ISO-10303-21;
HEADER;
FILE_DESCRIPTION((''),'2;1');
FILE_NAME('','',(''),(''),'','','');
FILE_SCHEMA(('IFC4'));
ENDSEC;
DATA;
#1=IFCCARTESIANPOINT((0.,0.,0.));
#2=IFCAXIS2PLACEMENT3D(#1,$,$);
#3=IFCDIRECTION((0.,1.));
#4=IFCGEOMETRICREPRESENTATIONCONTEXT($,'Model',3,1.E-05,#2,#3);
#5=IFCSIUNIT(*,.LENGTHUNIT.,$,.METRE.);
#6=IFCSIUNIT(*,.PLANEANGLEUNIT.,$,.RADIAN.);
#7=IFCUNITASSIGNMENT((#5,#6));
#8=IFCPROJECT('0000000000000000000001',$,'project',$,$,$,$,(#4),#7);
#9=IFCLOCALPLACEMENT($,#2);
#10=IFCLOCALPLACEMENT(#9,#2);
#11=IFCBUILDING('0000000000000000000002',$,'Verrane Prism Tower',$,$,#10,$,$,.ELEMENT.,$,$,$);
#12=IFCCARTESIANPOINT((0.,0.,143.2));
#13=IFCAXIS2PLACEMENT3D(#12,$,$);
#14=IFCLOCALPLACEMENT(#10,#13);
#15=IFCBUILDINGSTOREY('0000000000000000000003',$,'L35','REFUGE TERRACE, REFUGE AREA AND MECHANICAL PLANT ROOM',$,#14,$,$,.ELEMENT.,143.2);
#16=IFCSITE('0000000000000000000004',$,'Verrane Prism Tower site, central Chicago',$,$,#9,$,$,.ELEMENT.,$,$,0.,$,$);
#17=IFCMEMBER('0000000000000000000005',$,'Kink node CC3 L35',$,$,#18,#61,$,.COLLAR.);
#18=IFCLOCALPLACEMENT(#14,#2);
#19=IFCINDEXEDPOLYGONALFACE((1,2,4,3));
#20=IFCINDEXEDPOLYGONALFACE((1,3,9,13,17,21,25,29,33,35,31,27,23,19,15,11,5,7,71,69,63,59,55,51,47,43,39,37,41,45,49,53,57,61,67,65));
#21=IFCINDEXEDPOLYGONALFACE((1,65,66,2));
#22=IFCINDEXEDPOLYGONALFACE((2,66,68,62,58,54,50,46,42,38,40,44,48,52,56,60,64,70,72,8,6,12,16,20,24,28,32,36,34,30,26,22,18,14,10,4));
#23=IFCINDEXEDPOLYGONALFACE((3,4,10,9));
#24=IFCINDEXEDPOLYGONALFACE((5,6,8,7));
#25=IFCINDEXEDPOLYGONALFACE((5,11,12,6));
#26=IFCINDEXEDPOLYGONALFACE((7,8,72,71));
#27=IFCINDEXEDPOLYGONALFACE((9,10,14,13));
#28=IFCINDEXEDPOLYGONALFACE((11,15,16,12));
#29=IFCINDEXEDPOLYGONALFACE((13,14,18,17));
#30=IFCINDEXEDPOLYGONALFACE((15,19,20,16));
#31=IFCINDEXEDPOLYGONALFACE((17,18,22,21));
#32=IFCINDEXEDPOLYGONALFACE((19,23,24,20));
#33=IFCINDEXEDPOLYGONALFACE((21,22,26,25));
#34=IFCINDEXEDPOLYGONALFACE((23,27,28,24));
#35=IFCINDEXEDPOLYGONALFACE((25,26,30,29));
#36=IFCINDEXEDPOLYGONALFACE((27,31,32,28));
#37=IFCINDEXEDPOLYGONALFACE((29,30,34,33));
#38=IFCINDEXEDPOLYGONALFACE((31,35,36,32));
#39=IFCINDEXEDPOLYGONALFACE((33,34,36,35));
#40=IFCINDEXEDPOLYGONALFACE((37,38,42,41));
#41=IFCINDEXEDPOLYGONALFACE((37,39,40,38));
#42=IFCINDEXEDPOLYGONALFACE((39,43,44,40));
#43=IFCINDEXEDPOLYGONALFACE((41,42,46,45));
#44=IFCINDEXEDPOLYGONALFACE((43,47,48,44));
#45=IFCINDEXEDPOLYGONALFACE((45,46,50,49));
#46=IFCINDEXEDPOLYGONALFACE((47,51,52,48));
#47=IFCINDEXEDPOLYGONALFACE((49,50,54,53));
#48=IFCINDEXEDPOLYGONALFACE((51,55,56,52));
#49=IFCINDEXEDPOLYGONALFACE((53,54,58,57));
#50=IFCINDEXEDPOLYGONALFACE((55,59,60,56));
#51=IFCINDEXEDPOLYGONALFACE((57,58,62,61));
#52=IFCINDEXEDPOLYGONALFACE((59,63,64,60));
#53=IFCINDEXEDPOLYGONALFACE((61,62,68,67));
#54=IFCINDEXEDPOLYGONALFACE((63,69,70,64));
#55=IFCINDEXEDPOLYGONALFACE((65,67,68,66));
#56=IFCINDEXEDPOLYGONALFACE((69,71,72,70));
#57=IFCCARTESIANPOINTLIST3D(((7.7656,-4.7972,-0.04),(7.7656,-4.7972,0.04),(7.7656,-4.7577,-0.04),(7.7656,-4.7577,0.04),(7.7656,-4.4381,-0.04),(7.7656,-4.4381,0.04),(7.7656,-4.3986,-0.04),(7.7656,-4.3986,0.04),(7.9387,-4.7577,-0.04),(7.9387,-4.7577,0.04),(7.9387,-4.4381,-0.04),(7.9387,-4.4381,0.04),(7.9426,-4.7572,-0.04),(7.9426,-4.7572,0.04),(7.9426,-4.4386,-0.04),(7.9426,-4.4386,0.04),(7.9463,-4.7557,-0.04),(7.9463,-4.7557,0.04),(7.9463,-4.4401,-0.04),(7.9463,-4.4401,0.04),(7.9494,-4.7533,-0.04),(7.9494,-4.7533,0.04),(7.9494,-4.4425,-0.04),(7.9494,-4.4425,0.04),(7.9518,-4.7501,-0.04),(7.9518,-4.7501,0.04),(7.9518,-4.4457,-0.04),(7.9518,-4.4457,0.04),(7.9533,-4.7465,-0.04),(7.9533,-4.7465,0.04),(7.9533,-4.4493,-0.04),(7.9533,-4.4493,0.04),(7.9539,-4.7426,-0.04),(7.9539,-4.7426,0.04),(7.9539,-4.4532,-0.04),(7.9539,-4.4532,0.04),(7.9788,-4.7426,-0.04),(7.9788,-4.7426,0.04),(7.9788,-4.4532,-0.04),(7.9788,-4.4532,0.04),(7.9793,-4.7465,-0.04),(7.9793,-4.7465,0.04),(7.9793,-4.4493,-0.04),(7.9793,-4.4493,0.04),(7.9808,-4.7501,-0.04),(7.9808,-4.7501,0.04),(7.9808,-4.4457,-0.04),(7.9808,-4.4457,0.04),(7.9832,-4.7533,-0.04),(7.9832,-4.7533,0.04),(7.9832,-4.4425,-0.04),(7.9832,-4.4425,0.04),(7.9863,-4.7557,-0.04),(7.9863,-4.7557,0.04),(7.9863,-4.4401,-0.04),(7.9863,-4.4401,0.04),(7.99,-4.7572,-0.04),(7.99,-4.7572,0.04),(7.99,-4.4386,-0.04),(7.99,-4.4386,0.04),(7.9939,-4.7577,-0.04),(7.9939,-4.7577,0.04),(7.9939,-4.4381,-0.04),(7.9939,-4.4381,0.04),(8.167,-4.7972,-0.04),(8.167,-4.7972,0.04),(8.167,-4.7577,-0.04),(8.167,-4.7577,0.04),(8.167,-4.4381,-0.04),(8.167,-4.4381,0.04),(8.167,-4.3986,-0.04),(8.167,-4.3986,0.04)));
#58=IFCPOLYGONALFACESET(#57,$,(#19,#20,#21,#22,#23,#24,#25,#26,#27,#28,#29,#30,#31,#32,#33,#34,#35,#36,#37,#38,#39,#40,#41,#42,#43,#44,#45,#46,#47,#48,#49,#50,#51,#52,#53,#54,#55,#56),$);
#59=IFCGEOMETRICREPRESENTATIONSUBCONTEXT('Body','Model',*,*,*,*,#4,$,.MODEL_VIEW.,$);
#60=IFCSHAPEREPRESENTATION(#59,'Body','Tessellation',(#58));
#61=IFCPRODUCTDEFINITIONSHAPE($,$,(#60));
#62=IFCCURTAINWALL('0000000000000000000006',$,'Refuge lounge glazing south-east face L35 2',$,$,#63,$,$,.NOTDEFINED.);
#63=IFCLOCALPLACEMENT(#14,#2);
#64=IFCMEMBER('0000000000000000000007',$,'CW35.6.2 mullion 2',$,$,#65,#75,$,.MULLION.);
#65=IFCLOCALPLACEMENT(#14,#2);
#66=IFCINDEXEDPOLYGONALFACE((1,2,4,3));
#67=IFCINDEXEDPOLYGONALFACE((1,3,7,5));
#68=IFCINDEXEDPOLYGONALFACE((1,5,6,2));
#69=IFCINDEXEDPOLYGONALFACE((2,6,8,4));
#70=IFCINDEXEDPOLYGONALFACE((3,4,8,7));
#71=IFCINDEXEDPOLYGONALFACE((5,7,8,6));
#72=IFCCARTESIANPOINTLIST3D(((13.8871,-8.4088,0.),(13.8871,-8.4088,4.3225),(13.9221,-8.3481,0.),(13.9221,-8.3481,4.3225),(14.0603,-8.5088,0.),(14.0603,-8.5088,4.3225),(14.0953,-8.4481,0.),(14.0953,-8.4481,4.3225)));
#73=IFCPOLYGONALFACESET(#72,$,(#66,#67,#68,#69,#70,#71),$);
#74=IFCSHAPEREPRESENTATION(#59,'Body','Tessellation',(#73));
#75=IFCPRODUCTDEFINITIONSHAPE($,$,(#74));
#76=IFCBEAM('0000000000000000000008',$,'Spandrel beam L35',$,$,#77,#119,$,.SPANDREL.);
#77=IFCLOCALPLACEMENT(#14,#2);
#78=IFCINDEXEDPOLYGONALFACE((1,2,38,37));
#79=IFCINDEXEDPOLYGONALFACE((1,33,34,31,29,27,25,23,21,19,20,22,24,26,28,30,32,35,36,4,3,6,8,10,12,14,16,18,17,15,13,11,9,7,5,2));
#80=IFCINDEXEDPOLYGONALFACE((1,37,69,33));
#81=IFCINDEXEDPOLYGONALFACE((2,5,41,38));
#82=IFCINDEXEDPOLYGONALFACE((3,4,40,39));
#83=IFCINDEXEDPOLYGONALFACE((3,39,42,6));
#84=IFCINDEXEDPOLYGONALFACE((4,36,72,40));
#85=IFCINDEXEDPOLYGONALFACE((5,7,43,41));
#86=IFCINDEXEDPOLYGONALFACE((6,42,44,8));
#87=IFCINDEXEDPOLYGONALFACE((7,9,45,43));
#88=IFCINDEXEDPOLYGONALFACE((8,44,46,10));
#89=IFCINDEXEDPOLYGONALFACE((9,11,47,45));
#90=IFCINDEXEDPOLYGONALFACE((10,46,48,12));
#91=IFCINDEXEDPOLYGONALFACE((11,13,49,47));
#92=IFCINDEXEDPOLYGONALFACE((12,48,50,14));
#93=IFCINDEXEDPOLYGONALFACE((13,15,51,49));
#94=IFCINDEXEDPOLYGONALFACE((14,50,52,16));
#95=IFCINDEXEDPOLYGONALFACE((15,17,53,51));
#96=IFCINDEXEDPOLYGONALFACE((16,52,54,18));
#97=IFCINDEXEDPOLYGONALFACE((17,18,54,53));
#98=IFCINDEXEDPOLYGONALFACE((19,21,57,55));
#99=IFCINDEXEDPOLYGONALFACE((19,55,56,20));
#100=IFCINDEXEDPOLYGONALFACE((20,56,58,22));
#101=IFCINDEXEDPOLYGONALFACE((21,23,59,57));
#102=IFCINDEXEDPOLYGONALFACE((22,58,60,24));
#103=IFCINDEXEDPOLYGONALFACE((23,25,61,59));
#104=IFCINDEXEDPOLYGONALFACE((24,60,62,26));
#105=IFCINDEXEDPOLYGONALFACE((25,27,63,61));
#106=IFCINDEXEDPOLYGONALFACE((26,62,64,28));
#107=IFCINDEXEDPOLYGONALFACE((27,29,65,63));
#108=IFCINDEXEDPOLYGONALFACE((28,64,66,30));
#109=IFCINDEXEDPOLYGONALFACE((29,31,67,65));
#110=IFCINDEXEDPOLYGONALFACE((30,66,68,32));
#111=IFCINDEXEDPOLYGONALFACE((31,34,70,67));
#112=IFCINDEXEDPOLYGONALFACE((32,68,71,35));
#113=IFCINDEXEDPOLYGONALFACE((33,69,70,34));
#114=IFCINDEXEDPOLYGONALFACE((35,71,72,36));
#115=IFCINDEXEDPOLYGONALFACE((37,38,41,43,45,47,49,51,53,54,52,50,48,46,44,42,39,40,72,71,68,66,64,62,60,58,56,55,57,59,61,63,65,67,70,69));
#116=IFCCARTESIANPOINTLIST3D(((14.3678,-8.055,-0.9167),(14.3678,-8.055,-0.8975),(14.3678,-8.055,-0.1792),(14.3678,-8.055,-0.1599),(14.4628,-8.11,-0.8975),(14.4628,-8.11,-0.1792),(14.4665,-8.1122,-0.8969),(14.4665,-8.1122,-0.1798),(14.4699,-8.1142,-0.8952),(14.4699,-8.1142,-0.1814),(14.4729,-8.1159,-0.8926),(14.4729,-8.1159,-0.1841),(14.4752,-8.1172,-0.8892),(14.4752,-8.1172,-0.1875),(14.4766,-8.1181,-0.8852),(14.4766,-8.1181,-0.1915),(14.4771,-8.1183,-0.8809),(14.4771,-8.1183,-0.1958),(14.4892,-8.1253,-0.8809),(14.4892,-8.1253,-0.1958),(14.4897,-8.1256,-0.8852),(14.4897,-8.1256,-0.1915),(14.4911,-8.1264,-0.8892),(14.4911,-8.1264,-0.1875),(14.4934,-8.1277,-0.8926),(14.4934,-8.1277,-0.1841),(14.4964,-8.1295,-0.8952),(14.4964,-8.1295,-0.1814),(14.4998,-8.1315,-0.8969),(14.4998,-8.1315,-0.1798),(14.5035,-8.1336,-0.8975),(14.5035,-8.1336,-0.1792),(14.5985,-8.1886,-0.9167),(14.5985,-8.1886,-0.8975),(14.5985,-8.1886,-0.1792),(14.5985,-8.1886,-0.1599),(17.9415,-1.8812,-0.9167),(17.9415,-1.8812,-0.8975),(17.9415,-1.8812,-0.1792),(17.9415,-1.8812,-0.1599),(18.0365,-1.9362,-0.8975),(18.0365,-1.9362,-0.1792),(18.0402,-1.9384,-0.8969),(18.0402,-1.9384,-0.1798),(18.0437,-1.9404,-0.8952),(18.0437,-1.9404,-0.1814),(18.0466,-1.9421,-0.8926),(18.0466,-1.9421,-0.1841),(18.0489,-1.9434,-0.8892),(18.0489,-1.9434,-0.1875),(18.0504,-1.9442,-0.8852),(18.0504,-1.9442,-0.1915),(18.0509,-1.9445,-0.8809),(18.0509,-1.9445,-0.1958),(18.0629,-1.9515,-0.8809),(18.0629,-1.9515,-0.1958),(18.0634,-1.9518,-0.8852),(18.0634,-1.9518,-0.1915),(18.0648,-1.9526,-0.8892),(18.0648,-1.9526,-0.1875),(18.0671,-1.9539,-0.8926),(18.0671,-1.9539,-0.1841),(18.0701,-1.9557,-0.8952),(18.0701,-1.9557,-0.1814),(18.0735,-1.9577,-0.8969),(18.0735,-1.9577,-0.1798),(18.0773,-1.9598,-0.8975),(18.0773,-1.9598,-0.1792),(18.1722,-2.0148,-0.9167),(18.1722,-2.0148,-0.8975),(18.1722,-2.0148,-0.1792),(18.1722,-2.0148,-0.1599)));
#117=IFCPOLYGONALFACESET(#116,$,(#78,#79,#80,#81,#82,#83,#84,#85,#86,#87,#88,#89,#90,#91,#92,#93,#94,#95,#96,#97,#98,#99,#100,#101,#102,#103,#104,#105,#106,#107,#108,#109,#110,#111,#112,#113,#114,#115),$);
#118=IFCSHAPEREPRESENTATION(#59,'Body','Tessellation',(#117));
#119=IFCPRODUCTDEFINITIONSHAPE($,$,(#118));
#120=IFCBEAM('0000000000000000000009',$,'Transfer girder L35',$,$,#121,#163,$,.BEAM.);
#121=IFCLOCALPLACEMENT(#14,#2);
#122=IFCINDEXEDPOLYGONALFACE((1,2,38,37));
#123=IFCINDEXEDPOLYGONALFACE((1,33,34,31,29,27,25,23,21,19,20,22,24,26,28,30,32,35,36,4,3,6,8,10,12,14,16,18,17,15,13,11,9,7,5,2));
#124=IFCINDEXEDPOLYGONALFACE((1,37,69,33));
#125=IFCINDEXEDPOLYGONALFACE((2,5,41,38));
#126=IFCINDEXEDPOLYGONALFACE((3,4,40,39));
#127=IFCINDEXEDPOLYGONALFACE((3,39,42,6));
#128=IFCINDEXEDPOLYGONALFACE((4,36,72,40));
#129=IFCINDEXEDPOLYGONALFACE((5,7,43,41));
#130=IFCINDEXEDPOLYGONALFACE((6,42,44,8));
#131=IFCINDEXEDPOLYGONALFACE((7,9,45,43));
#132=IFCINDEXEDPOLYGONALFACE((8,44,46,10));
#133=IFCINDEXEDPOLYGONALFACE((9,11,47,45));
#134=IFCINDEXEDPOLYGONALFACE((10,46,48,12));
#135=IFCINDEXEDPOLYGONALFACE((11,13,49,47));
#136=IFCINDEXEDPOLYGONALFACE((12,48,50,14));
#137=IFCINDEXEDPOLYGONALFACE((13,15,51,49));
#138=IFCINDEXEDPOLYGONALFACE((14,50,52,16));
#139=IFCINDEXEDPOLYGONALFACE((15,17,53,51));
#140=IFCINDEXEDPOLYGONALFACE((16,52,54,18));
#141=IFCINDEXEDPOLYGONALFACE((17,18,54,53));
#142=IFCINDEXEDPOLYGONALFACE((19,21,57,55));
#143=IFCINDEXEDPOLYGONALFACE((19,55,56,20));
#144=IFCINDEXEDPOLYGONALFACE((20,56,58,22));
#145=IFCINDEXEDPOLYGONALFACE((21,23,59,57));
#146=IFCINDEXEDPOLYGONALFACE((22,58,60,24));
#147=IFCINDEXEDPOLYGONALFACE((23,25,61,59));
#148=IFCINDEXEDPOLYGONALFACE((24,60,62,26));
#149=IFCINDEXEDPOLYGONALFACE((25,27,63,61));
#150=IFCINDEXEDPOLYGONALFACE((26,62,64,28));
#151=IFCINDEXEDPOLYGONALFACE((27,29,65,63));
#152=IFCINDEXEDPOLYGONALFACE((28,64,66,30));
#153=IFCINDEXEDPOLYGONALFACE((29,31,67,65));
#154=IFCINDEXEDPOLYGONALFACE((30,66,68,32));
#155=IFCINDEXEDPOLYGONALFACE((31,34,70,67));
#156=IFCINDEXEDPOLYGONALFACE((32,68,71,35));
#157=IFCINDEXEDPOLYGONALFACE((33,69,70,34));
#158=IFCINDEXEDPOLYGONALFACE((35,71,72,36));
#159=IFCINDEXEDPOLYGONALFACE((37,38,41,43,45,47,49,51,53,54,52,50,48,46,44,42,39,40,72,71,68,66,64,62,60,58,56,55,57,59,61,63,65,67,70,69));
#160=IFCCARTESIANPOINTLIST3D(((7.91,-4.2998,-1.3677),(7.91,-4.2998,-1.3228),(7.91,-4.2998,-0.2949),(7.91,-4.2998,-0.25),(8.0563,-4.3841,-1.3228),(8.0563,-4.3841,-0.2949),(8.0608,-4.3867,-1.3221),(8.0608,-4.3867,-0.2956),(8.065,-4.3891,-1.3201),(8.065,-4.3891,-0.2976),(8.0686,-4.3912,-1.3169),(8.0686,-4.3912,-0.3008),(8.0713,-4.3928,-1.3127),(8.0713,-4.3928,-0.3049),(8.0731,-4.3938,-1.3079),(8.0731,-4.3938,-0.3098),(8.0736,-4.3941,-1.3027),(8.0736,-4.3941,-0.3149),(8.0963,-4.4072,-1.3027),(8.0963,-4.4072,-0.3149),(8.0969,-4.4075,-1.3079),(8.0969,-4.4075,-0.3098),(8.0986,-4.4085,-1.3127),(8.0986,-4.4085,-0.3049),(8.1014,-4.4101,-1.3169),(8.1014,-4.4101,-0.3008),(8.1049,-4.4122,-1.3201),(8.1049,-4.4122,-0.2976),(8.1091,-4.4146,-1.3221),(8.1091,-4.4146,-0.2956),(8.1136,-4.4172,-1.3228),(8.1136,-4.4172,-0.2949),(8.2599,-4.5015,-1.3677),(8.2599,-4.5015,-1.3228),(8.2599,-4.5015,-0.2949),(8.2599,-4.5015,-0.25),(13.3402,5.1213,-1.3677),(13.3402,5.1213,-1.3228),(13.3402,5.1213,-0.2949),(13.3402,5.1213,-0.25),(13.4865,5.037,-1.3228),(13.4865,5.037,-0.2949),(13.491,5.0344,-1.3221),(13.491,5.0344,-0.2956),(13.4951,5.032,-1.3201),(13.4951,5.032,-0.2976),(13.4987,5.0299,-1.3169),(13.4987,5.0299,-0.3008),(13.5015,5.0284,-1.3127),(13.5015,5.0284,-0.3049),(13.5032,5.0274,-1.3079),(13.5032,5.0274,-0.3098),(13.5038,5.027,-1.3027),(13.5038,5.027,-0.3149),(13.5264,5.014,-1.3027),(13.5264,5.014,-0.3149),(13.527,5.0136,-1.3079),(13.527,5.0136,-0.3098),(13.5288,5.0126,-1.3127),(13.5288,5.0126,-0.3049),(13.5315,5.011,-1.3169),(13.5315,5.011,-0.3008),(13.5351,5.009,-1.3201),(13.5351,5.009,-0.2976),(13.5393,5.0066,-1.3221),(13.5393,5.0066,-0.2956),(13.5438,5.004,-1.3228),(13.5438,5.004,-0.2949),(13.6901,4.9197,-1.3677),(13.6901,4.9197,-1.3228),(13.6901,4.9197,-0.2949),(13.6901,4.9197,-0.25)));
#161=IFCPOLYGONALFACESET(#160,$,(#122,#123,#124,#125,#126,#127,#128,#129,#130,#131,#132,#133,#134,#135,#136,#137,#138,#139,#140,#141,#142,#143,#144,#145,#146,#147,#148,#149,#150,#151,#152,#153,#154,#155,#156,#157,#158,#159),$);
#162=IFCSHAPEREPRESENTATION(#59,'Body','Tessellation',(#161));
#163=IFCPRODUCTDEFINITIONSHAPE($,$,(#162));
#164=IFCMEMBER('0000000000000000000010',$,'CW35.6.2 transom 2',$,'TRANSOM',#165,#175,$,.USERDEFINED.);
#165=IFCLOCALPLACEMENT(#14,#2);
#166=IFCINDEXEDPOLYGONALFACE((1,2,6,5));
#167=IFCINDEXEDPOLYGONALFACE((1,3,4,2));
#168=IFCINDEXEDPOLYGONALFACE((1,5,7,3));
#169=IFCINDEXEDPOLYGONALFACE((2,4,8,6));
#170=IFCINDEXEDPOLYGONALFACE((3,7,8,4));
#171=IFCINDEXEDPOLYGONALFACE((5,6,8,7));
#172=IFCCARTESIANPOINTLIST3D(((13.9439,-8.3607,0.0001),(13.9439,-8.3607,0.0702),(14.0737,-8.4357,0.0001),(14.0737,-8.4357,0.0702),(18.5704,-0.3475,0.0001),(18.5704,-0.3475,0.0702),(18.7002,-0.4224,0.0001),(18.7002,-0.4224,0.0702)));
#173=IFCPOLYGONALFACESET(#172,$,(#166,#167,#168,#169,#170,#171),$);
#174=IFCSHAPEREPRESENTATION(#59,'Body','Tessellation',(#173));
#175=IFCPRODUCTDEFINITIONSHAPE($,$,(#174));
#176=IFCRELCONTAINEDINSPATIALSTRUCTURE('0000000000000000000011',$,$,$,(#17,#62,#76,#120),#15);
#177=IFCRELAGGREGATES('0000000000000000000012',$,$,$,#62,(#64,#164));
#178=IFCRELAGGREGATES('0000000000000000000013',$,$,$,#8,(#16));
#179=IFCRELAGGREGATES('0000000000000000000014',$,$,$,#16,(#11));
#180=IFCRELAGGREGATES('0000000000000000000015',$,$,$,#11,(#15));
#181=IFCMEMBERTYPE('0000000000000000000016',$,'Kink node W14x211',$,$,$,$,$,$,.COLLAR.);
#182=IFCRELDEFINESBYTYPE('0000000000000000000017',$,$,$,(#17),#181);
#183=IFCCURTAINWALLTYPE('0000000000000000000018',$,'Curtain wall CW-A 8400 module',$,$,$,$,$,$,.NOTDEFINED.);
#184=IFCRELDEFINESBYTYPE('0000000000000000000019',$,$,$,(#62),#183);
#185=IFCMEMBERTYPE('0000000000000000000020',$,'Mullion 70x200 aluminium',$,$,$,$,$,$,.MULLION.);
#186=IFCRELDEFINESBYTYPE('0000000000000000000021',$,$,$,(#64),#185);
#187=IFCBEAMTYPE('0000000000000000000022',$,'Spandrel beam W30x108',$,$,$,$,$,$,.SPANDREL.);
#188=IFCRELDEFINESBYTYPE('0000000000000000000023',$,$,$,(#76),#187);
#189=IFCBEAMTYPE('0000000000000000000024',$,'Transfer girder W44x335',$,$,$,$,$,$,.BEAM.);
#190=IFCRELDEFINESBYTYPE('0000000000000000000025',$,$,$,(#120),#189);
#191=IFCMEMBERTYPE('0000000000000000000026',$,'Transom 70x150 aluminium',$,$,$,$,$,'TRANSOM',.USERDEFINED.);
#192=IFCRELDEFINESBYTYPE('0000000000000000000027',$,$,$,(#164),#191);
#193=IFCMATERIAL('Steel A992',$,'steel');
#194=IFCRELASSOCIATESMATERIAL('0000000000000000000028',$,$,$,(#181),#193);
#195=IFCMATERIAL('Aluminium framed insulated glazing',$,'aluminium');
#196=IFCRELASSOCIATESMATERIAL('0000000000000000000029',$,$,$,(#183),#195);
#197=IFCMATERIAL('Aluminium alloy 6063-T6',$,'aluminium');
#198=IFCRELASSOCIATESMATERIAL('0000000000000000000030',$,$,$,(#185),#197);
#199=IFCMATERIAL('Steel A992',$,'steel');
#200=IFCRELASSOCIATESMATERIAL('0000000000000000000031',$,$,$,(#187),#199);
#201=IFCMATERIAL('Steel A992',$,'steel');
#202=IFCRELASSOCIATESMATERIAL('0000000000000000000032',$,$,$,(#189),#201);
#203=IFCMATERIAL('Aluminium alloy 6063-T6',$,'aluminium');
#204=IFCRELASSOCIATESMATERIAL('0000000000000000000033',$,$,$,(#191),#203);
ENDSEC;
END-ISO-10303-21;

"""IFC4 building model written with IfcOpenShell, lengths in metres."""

from ifc_helpers import new_model, si_unit, direction, frame, origin, origin_2d, place, context, subcontext, project, spatial, rectangle, i_section, extrude, material, material_profile, profile_set, type_object, element, aggregate, save


model = new_model("IFC4")

# Units and contexts
model_context = context("Model", 3, precision=1e-05, world=origin(), true_north=direction((0.0, 1.0)))
body_context = subcontext(model_context, "Body", "Model", "MODEL_VIEW")
ifc_project = project(units=[si_unit("LENGTHUNIT", "METRE"), si_unit("PLANEANGLEUNIT", "RADIAN")], contexts=[model_context])

# Site, building, storey
site_placement = place(None, origin())
site = spatial("IfcSite", under=ifc_project, at=site_placement, Name="Verrane Prism Tower site, central Chicago", CompositionType="ELEMENT", RefElevation=0.0)
building_placement = place(site_placement, origin())
building = spatial("IfcBuilding", under=site, at=building_placement, Name="Verrane Prism Tower", CompositionType="ELEMENT")
storey_placement = place(building_placement, frame((0.0, 0.0, 143.2)))
storey = spatial("IfcBuildingStorey", under=building, at=storey_placement, Name="L35", Description="REFUGE TERRACE, REFUGE AREA AND MECHANICAL PLANT ROOM", CompositionType="ELEMENT", Elevation=143.2)

# Member
ifc_material_1 = material(Name="Steel A992", Category="steel")
ifc_material_profile_1 = material_profile(ifc_material_1, i_section(OverallWidth=0.4014, OverallDepth=0.3987, WebThickness=0.0249, FlangeThickness=0.0396, FilletRadius=0.0151, at=origin_2d()), Name="W14x211")
ifc_profile_set_1 = profile_set([ifc_material_profile_1], Name="Steel A992")
member_type_1 = type_object("IfcMemberType", Name="Kink node W14x211", PredefinedType="COLLAR", material=ifc_profile_set_1)
member_1_placement = place(storey_placement, frame((7.9663, -4.5979, -0.04), z_axis=(0.0, 0.0, 1.0), x_axis=(1.0, 0.0, 0.0)))
element("IfcMember", 1, at=member_1_placement, inside=storey, type_object=member_type_1, Name="Kink node CC3 L35", PredefinedType="COLLAR", context=body_context, shape_type="SweptSolid", body=[
    extrude(i_section(OverallWidth=0.4014, OverallDepth=0.3987, WebThickness=0.0249, FlangeThickness=0.0396, FilletRadius=0.0151, at=origin_2d()), origin(), (0.0, 0.0, 1.0), 0.0801),
])

# Curtain wall, member
ifc_material_2 = material(Name="Aluminium framed insulated glazing", Category="aluminium")
curtain_wall_type = type_object("IfcCurtainWallType", Name="Curtain wall CW-A 8400 module", PredefinedType="NOTDEFINED", material=ifc_material_2)
curtain_wall_placement = place(storey_placement, origin())
curtain_wall = element("IfcCurtainWall", 2, at=curtain_wall_placement, inside=storey, type_object=curtain_wall_type, Name="Refuge lounge glazing south-east face L35 2", PredefinedType="NOTDEFINED")
ifc_material_3 = material(Name="Aluminium alloy 6063-T6", Category="aluminium")
ifc_material_profile_2 = material_profile(ifc_material_3, rectangle(XDim=0.2, YDim=0.0701, at=origin_2d()), Name="Mullion 70x200 aluminium")
ifc_profile_set_2 = profile_set([ifc_material_profile_2], Name="Aluminium alloy 6063-T6")
member_type_2 = type_object("IfcMemberType", Name="Mullion 70x200 aluminium", PredefinedType="MULLION", material=ifc_profile_set_2)
member_2_placement = place(storey_placement, frame((13.9912, -8.4285, 0.0), z_axis=(0.0, 0.0, 1.0), x_axis=(-0.866025, 0.500001, 0.0)))
member_2 = element("IfcMember", 3, at=member_2_placement, type_object=member_type_2, Name="CW35.6.2 mullion 2", PredefinedType="MULLION", context=body_context, shape_type="SweptSolid", body=[
    extrude(rectangle(XDim=0.2, YDim=0.0701, at=origin_2d()), origin(), (0.0, 0.0, 1.0), 4.3225),
])

# Beams
ifc_material_4 = material(Name="Steel A992", Category="steel")
ifc_material_profile_3 = material_profile(ifc_material_4, i_section(OverallWidth=0.2666, OverallDepth=0.7568, WebThickness=0.0139, FlangeThickness=0.0193, FilletRadius=0.0166, at=origin_2d()), Name="W30x108")
ifc_profile_set_3 = profile_set([ifc_material_profile_3], Name="Steel A992")
beam_type_1 = type_object("IfcBeamType", Name="Spandrel beam W30x108", PredefinedType="SPANDREL", material=ifc_profile_set_3)
beam_1_placement = place(storey_placement, frame((14.4832, -8.1218, -0.5383), z_axis=(0.500974, 0.865462, 0.0), x_axis=(-0.865462, 0.500974, 0.0)))
element("IfcBeam", 4, at=beam_1_placement, inside=storey, type_object=beam_type_1, Name="Spandrel beam L35", PredefinedType="SPANDREL", context=body_context, shape_type="SweptSolid", body=[
    extrude(i_section(OverallWidth=0.2666, OverallDepth=0.7568, WebThickness=0.0139, FlangeThickness=0.0193, FilletRadius=0.0166, at=origin_2d()), origin(), (0.0, 0.0, 1.0), 7.1335),
])
ifc_material_5 = material(Name="Steel A992", Category="steel")
ifc_material_profile_4 = material_profile(ifc_material_5, i_section(OverallWidth=0.4038, OverallDepth=1.1177, WebThickness=0.0261, FlangeThickness=0.0449, FilletRadius=0.02, at=origin_2d()), Name="W44x335")
ifc_profile_set_4 = profile_set([ifc_material_profile_4], Name="Steel A992")
beam_type_2 = type_object("IfcBeamType", Name="Transfer girder W44x335", PredefinedType="BEAM", material=ifc_profile_set_4)
beam_2_placement = place(storey_placement, frame((8.085, -4.4006, -0.8088), z_axis=(0.499371, 0.866388, 0.0), x_axis=(-0.866388, 0.499371, 0.0)))
element("IfcBeam", 5, at=beam_2_placement, inside=storey, type_object=beam_type_2, Name="Transfer girder L35", PredefinedType="BEAM", context=body_context, shape_type="SweptSolid", body=[
    extrude(i_section(OverallWidth=0.4038, OverallDepth=1.1177, WebThickness=0.0261, FlangeThickness=0.0449, FilletRadius=0.02, at=origin_2d()), origin(), (0.0, 0.0, 1.0), 10.874),
])

# Member
ifc_material_6 = material(Name="Aluminium alloy 6063-T6", Category="aluminium")
ifc_material_profile_5 = material_profile(ifc_material_6, rectangle(XDim=0.1499, YDim=0.0701, at=origin_2d()), Name="Transom 70x150 aluminium")
ifc_profile_set_5 = profile_set([ifc_material_profile_5], Name="Aluminium alloy 6063-T6")
member_type_3 = type_object("IfcMemberType", Name="Transom 70x150 aluminium", ElementType="TRANSOM", PredefinedType="USERDEFINED", material=ifc_profile_set_5)
member_3_placement = place(storey_placement, frame((14.0088, -8.3982, 0.0352), z_axis=(0.500004, 0.866023, 0.0), x_axis=(-0.866023, 0.500004, 0.0)))
member_3 = element("IfcMember", 6, at=member_3_placement, type_object=member_type_3, Name="CW35.6.2 transom 2", ObjectType="TRANSOM", PredefinedType="USERDEFINED", context=body_context, shape_type="SweptSolid", body=[
    extrude(rectangle(XDim=0.1499, YDim=0.0701, at=origin_2d()), origin(), (0.0, 0.0, 1.0), 9.2529),
])
aggregate(curtain_wall, [member_2, member_3])

save(model, "model.ifc")
